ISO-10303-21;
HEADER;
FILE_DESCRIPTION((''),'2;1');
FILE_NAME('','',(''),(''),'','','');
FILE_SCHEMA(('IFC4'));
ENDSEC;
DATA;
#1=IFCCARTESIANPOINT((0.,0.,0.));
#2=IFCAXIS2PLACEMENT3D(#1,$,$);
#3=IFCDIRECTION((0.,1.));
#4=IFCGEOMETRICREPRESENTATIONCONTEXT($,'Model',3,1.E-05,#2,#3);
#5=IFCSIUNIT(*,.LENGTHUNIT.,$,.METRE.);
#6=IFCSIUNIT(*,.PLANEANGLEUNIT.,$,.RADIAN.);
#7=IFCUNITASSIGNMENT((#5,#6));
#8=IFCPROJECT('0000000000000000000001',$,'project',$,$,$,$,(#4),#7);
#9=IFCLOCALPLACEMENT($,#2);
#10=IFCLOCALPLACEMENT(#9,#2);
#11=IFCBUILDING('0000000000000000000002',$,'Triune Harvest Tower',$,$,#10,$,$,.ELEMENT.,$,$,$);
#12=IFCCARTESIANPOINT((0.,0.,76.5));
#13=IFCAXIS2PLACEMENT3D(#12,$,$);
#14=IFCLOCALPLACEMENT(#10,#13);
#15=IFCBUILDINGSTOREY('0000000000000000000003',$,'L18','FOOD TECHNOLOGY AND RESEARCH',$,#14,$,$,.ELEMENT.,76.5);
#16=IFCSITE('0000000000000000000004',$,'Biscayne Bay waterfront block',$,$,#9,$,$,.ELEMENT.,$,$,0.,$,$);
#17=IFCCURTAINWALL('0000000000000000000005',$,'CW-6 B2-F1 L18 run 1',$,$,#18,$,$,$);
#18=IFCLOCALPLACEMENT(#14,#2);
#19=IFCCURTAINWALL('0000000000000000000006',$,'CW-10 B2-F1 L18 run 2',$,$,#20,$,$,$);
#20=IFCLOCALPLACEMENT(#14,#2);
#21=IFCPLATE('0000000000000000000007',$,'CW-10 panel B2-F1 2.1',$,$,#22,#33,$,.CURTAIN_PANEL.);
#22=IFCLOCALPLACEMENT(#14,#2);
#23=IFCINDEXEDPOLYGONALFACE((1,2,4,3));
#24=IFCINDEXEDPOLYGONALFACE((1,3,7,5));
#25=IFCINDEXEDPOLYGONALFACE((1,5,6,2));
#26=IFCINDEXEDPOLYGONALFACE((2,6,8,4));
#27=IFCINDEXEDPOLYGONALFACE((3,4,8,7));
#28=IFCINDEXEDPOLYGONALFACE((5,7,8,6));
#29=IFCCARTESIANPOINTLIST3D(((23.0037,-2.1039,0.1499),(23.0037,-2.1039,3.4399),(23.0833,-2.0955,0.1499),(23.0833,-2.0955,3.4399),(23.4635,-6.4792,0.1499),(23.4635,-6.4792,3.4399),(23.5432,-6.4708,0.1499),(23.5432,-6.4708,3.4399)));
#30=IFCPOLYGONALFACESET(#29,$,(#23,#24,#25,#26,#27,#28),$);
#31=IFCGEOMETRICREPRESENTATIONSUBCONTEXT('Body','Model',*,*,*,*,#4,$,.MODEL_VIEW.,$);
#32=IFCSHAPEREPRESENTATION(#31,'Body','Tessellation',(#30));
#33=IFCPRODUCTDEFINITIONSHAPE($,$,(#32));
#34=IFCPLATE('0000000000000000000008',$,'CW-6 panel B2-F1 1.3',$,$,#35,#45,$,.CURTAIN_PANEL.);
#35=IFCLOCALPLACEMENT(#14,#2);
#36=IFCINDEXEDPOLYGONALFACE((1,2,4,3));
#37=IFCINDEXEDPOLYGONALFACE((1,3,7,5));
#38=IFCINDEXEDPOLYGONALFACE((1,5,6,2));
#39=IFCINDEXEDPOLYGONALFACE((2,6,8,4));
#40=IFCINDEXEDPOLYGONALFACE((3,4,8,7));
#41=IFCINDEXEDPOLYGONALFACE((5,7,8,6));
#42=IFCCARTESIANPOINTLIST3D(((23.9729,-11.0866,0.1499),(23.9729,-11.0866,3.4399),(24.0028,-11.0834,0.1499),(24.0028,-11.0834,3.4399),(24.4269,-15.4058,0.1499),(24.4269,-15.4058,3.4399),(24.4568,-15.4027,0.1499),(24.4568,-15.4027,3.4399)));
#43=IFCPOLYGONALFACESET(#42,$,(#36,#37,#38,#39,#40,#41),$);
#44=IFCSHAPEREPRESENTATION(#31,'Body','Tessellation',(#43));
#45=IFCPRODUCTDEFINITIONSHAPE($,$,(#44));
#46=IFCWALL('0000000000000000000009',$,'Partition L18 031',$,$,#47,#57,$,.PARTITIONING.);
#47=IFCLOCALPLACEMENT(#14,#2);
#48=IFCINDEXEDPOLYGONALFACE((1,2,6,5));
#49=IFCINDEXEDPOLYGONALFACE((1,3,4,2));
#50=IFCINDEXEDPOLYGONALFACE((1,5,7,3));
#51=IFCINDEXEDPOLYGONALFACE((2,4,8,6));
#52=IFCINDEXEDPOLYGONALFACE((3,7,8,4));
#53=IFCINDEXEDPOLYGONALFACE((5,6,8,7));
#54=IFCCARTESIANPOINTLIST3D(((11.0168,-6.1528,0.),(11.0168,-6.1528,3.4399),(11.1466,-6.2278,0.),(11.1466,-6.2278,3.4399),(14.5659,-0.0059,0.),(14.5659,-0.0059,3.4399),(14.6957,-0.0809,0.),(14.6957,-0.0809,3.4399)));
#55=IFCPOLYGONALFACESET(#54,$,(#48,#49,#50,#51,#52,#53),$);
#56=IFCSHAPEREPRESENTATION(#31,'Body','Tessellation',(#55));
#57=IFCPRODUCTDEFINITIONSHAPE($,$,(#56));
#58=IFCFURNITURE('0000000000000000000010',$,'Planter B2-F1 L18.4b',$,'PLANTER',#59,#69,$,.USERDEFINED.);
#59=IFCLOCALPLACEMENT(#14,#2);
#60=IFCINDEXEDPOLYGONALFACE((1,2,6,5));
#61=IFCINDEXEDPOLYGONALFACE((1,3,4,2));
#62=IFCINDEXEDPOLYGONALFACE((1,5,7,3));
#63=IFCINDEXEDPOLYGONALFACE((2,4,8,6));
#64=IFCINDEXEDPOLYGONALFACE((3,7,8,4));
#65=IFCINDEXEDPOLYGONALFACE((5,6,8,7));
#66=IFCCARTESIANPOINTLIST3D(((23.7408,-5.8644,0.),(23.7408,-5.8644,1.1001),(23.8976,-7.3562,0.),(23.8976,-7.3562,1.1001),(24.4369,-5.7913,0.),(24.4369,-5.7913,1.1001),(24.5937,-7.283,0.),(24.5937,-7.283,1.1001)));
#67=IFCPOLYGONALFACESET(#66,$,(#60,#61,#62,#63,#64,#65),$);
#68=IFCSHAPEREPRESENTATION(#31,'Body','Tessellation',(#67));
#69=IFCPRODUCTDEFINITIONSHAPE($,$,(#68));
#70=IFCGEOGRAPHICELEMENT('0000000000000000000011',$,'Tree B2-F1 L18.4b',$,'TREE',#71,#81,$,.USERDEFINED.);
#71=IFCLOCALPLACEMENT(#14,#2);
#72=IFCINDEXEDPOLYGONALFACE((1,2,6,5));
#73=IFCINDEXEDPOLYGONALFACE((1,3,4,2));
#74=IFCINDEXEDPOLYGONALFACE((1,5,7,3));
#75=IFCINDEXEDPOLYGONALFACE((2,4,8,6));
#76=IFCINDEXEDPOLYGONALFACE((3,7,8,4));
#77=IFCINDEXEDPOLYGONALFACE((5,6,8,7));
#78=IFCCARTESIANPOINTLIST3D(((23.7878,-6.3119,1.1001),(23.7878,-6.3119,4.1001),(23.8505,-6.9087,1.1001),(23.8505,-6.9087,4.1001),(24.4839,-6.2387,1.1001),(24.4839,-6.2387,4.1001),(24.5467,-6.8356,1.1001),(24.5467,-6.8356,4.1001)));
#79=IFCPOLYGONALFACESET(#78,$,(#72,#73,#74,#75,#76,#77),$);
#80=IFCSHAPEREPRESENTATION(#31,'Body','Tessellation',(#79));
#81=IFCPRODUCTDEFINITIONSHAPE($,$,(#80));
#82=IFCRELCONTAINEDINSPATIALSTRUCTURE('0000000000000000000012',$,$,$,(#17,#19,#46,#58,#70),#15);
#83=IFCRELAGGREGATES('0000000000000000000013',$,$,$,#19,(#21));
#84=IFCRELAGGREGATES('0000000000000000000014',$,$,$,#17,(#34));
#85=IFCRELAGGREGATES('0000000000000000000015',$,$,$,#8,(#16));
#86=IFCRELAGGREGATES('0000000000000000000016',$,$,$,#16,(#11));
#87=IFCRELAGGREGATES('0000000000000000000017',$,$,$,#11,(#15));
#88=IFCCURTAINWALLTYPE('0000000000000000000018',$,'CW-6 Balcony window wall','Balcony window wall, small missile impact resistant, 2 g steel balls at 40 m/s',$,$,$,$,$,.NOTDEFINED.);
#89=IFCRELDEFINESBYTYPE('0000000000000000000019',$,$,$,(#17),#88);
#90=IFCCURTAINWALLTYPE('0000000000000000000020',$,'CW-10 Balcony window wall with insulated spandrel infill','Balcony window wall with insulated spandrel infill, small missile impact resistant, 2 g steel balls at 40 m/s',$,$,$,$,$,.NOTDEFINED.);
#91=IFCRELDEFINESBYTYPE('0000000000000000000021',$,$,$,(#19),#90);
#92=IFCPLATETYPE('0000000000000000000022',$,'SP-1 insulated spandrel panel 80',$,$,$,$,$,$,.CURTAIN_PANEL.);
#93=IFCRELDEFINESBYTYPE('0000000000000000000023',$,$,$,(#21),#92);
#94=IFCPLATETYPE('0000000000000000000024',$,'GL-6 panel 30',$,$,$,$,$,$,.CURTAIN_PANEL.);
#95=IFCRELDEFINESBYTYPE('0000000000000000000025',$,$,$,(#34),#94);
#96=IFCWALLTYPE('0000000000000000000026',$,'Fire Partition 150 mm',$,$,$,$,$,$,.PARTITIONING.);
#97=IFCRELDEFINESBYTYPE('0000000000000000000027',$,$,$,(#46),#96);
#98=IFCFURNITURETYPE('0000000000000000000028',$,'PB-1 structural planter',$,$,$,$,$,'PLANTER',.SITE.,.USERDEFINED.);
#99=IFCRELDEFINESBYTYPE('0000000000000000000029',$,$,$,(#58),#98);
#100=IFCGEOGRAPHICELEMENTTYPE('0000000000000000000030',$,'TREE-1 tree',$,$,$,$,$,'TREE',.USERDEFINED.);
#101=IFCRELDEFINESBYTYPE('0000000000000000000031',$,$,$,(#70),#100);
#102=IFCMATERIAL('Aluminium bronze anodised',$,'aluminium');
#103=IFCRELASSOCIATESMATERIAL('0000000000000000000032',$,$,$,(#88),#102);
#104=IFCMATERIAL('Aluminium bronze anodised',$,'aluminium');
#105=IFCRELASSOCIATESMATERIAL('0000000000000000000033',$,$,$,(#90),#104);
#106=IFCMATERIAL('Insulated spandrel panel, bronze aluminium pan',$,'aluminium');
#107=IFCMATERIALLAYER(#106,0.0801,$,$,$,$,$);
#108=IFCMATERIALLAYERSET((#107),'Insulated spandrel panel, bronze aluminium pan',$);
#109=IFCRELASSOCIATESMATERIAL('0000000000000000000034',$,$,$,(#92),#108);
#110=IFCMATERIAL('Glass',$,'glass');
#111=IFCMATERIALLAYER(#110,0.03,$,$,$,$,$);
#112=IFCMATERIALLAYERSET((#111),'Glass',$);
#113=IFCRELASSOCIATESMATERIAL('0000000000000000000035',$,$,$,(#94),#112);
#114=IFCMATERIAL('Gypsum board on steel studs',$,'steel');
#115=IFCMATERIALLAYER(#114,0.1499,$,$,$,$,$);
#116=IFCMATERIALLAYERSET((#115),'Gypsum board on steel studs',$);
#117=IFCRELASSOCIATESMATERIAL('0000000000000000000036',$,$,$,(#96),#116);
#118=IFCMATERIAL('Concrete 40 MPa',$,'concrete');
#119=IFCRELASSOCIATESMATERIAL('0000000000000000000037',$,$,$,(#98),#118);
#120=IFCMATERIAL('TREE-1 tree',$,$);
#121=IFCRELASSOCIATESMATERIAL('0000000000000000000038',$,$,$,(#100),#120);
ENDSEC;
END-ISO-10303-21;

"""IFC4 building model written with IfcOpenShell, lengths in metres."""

from ifc_helpers import new_model, si_unit, direction, frame, frame_2d, origin, origin_2d, place, context, subcontext, project, spatial, rectangle, extrude, source, transform, mapped, material, layer, layer_set, type_object, element, aggregate, save


model = new_model("IFC4")

# Units and contexts
model_context = context("Model", 3, precision=1e-05, world=origin(), true_north=direction((0.0, 1.0)))
body_context = subcontext(model_context, "Body", "Model", "MODEL_VIEW")
ifc_project = project(units=[si_unit("LENGTHUNIT", "METRE"), si_unit("PLANEANGLEUNIT", "RADIAN")], contexts=[model_context])

# Site, building, storey
site_placement = place(None, origin())
site = spatial("IfcSite", under=ifc_project, at=site_placement, Name="Biscayne Bay waterfront block", CompositionType="ELEMENT", RefElevation=0.0)
building_placement = place(site_placement, origin())
building = spatial("IfcBuilding", under=site, at=building_placement, Name="Triune Harvest Tower", CompositionType="ELEMENT")
storey_placement = place(building_placement, frame((0.0, 0.0, 76.5)))
storey = spatial("IfcBuildingStorey", under=building, at=storey_placement, Name="L18", Description="FOOD TECHNOLOGY AND RESEARCH", CompositionType="ELEMENT", Elevation=76.5)

# Curtain wall
ifc_material_1 = material(Name="Aluminium bronze anodised", Category="aluminium")
curtain_wall_type_1 = type_object("IfcCurtainWallType", Name="CW-6 Balcony window wall", Description="Balcony window wall, small missile impact resistant, 2 g steel balls at 40 m/s", PredefinedType="NOTDEFINED", material=ifc_material_1)
curtain_wall_1_placement = place(storey_placement, origin())
curtain_wall_1 = element("IfcCurtainWall", 1, at=curtain_wall_1_placement, inside=storey, type_object=curtain_wall_type_1, Name="CW-6 B2-F1 L18 run 1")

# Curtain wall
ifc_material_2 = material(Name="Aluminium bronze anodised", Category="aluminium")
curtain_wall_type_2 = type_object("IfcCurtainWallType", Name="CW-10 Balcony window wall with insulated spandrel infill", Description="Balcony window wall with insulated spandrel infill, small missile impact resistant, 2 g steel balls at 40 m/s", PredefinedType="NOTDEFINED", material=ifc_material_2)
curtain_wall_2_placement = place(storey_placement, origin())
curtain_wall_2 = element("IfcCurtainWall", 2, at=curtain_wall_2_placement, inside=storey, type_object=curtain_wall_type_2, Name="CW-10 B2-F1 L18 run 2")

# Plates
ifc_material_3 = material(Name="Insulated spandrel panel, bronze aluminium pan", Category="aluminium")
ifc_layer_1 = layer(ifc_material_3, 0.0801)
ifc_layer_set_1 = layer_set([ifc_layer_1], Name="Insulated spandrel panel, bronze aluminium pan")
plate_type_1 = type_object("IfcPlateType", Name="SP-1 insulated spandrel panel 80", PredefinedType="CURTAIN_PANEL", material=ifc_layer_set_1)
shared_shape_1 = source(origin(), body_context, "Body", "SweptSolid", [
    extrude(rectangle(XDim=4.3994, YDim=0.0801, at=origin_2d()), origin(), (0.0, 0.0, 1.0), 3.29),
])
plate_1_placement = place(storey_placement, frame((23.2734, -4.2874, 0.1499), z_axis=(0.0, 0.0, 1.0), x_axis=(-0.104526, 0.994522, 0.0)))
plate_1 = element("IfcPlate", 3, at=plate_1_placement, type_object=plate_type_1, Name="CW-10 panel B2-F1 2.1", PredefinedType="CURTAIN_PANEL", context=body_context, shape_type="MappedRepresentation", body=[
    mapped(shared_shape_1, transform((0.0, 0.0, 0.0), scale=1.0)),
])
aggregate(curtain_wall_2, [plate_1])
ifc_material_4 = material(Name="Glass", Category="glass")
ifc_layer_2 = layer(ifc_material_4, 0.03)
ifc_layer_set_2 = layer_set([ifc_layer_2], Name="Glass")
plate_type_2 = type_object("IfcPlateType", Name="GL-6 panel 30", PredefinedType="CURTAIN_PANEL", material=ifc_layer_set_2)
shared_shape_2 = source(origin(), body_context, "Body", "SweptSolid", [
    extrude(rectangle(XDim=4.343, YDim=0.03, at=origin_2d()), origin(), (0.0, 0.0, 1.0), 3.29),
])
plate_2_placement = place(storey_placement, frame((24.2148, -13.2446, 0.1499), z_axis=(0.0, 0.0, 1.0), x_axis=(-0.104528, 0.994522, 0.0)))
plate_2 = element("IfcPlate", 4, at=plate_2_placement, type_object=plate_type_2, Name="CW-6 panel B2-F1 1.3", PredefinedType="CURTAIN_PANEL", context=body_context, shape_type="MappedRepresentation", body=[
    mapped(shared_shape_2, transform((0.0, 0.0, 0.0), scale=1.0)),
])
aggregate(curtain_wall_1, [plate_2])

# Wall
ifc_material_5 = material(Name="Gypsum board on steel studs", Category="steel")
ifc_layer_3 = layer(ifc_material_5, 0.1499)
ifc_layer_set_3 = layer_set([ifc_layer_3], Name="Gypsum board on steel studs")
wall_type_1 = type_object("IfcWallType", Name="Fire Partition 150 mm", PredefinedType="PARTITIONING", material=ifc_layer_set_3)
shared_shape_3 = source(origin(), body_context, "Body", "SweptSolid", [
    extrude(rectangle(XDim=7.0979, YDim=0.1499, at=frame_2d((3.5488, 0.0))), origin(), (0.0, 0.0, 1.0), 3.4399),
])
wall_1_placement = place(storey_placement, frame((11.0818, -6.1902, 0.0), z_axis=(0.0, 0.0, 1.0), x_axis=(0.500012, 0.866018, 0.0)))
element("IfcWall", 5, at=wall_1_placement, inside=storey, type_object=wall_type_1, Name="Partition L18 031", PredefinedType="PARTITIONING", context=body_context, shape_type="MappedRepresentation", body=[
    mapped(shared_shape_3, transform((0.0, 0.0, 0.0), scale=1.0)),
])

# Furniture
ifc_material_6 = material(Name="Concrete 40 MPa", Category="concrete")
furniture_type = type_object("IfcFurnitureType", Name="PB-1 structural planter", ElementType="PLANTER", AssemblyPlace="SITE", PredefinedType="USERDEFINED", material=ifc_material_6)
shared_shape_4 = source(origin(), body_context, "Body", "SweptSolid", [
    extrude(rectangle(XDim=1.5, YDim=0.7, at=origin_2d()), origin(), (0.0, 0.0, 1.0), 1.1001),
])
furniture_placement = place(storey_placement, frame((24.1672, -6.5737, 0.0), z_axis=(0.0, 0.0, 1.0), x_axis=(-0.104528, 0.994522, 0.0)))
element("IfcFurniture", 6, at=furniture_placement, inside=storey, type_object=furniture_type, Name="Planter B2-F1 L18.4b", ObjectType="PLANTER", PredefinedType="USERDEFINED", context=body_context, shape_type="MappedRepresentation", body=[
    mapped(shared_shape_4, transform((0.0, 0.0, 0.0), scale=1.0)),
])

# Geographic element
ifc_material_7 = material(Name="TREE-1 tree")
geographic_element_type = type_object("IfcGeographicElementType", Name="TREE-1 tree", ElementType="TREE", PredefinedType="USERDEFINED", material=ifc_material_7)
shared_shape_5 = source(origin(), body_context, "Body", "SweptSolid", [
    extrude(rectangle(XDim=0.6001, YDim=0.7, at=origin_2d()), origin(), (0.0, 0.0, 1.0), 3.0),
])
geographic_element_placement = place(storey_placement, frame((24.1672, -6.5737, 1.1001), z_axis=(0.0, 0.0, 1.0), x_axis=(-0.104528, 0.994522, 0.0)))
element("IfcGeographicElement", 7, at=geographic_element_placement, inside=storey, type_object=geographic_element_type, Name="Tree B2-F1 L18.4b", ObjectType="TREE", PredefinedType="USERDEFINED", context=body_context, shape_type="MappedRepresentation", body=[
    mapped(shared_shape_5, transform((0.0, 0.0, 0.0), scale=1.0)),
])

save(model, "model.ifc")
